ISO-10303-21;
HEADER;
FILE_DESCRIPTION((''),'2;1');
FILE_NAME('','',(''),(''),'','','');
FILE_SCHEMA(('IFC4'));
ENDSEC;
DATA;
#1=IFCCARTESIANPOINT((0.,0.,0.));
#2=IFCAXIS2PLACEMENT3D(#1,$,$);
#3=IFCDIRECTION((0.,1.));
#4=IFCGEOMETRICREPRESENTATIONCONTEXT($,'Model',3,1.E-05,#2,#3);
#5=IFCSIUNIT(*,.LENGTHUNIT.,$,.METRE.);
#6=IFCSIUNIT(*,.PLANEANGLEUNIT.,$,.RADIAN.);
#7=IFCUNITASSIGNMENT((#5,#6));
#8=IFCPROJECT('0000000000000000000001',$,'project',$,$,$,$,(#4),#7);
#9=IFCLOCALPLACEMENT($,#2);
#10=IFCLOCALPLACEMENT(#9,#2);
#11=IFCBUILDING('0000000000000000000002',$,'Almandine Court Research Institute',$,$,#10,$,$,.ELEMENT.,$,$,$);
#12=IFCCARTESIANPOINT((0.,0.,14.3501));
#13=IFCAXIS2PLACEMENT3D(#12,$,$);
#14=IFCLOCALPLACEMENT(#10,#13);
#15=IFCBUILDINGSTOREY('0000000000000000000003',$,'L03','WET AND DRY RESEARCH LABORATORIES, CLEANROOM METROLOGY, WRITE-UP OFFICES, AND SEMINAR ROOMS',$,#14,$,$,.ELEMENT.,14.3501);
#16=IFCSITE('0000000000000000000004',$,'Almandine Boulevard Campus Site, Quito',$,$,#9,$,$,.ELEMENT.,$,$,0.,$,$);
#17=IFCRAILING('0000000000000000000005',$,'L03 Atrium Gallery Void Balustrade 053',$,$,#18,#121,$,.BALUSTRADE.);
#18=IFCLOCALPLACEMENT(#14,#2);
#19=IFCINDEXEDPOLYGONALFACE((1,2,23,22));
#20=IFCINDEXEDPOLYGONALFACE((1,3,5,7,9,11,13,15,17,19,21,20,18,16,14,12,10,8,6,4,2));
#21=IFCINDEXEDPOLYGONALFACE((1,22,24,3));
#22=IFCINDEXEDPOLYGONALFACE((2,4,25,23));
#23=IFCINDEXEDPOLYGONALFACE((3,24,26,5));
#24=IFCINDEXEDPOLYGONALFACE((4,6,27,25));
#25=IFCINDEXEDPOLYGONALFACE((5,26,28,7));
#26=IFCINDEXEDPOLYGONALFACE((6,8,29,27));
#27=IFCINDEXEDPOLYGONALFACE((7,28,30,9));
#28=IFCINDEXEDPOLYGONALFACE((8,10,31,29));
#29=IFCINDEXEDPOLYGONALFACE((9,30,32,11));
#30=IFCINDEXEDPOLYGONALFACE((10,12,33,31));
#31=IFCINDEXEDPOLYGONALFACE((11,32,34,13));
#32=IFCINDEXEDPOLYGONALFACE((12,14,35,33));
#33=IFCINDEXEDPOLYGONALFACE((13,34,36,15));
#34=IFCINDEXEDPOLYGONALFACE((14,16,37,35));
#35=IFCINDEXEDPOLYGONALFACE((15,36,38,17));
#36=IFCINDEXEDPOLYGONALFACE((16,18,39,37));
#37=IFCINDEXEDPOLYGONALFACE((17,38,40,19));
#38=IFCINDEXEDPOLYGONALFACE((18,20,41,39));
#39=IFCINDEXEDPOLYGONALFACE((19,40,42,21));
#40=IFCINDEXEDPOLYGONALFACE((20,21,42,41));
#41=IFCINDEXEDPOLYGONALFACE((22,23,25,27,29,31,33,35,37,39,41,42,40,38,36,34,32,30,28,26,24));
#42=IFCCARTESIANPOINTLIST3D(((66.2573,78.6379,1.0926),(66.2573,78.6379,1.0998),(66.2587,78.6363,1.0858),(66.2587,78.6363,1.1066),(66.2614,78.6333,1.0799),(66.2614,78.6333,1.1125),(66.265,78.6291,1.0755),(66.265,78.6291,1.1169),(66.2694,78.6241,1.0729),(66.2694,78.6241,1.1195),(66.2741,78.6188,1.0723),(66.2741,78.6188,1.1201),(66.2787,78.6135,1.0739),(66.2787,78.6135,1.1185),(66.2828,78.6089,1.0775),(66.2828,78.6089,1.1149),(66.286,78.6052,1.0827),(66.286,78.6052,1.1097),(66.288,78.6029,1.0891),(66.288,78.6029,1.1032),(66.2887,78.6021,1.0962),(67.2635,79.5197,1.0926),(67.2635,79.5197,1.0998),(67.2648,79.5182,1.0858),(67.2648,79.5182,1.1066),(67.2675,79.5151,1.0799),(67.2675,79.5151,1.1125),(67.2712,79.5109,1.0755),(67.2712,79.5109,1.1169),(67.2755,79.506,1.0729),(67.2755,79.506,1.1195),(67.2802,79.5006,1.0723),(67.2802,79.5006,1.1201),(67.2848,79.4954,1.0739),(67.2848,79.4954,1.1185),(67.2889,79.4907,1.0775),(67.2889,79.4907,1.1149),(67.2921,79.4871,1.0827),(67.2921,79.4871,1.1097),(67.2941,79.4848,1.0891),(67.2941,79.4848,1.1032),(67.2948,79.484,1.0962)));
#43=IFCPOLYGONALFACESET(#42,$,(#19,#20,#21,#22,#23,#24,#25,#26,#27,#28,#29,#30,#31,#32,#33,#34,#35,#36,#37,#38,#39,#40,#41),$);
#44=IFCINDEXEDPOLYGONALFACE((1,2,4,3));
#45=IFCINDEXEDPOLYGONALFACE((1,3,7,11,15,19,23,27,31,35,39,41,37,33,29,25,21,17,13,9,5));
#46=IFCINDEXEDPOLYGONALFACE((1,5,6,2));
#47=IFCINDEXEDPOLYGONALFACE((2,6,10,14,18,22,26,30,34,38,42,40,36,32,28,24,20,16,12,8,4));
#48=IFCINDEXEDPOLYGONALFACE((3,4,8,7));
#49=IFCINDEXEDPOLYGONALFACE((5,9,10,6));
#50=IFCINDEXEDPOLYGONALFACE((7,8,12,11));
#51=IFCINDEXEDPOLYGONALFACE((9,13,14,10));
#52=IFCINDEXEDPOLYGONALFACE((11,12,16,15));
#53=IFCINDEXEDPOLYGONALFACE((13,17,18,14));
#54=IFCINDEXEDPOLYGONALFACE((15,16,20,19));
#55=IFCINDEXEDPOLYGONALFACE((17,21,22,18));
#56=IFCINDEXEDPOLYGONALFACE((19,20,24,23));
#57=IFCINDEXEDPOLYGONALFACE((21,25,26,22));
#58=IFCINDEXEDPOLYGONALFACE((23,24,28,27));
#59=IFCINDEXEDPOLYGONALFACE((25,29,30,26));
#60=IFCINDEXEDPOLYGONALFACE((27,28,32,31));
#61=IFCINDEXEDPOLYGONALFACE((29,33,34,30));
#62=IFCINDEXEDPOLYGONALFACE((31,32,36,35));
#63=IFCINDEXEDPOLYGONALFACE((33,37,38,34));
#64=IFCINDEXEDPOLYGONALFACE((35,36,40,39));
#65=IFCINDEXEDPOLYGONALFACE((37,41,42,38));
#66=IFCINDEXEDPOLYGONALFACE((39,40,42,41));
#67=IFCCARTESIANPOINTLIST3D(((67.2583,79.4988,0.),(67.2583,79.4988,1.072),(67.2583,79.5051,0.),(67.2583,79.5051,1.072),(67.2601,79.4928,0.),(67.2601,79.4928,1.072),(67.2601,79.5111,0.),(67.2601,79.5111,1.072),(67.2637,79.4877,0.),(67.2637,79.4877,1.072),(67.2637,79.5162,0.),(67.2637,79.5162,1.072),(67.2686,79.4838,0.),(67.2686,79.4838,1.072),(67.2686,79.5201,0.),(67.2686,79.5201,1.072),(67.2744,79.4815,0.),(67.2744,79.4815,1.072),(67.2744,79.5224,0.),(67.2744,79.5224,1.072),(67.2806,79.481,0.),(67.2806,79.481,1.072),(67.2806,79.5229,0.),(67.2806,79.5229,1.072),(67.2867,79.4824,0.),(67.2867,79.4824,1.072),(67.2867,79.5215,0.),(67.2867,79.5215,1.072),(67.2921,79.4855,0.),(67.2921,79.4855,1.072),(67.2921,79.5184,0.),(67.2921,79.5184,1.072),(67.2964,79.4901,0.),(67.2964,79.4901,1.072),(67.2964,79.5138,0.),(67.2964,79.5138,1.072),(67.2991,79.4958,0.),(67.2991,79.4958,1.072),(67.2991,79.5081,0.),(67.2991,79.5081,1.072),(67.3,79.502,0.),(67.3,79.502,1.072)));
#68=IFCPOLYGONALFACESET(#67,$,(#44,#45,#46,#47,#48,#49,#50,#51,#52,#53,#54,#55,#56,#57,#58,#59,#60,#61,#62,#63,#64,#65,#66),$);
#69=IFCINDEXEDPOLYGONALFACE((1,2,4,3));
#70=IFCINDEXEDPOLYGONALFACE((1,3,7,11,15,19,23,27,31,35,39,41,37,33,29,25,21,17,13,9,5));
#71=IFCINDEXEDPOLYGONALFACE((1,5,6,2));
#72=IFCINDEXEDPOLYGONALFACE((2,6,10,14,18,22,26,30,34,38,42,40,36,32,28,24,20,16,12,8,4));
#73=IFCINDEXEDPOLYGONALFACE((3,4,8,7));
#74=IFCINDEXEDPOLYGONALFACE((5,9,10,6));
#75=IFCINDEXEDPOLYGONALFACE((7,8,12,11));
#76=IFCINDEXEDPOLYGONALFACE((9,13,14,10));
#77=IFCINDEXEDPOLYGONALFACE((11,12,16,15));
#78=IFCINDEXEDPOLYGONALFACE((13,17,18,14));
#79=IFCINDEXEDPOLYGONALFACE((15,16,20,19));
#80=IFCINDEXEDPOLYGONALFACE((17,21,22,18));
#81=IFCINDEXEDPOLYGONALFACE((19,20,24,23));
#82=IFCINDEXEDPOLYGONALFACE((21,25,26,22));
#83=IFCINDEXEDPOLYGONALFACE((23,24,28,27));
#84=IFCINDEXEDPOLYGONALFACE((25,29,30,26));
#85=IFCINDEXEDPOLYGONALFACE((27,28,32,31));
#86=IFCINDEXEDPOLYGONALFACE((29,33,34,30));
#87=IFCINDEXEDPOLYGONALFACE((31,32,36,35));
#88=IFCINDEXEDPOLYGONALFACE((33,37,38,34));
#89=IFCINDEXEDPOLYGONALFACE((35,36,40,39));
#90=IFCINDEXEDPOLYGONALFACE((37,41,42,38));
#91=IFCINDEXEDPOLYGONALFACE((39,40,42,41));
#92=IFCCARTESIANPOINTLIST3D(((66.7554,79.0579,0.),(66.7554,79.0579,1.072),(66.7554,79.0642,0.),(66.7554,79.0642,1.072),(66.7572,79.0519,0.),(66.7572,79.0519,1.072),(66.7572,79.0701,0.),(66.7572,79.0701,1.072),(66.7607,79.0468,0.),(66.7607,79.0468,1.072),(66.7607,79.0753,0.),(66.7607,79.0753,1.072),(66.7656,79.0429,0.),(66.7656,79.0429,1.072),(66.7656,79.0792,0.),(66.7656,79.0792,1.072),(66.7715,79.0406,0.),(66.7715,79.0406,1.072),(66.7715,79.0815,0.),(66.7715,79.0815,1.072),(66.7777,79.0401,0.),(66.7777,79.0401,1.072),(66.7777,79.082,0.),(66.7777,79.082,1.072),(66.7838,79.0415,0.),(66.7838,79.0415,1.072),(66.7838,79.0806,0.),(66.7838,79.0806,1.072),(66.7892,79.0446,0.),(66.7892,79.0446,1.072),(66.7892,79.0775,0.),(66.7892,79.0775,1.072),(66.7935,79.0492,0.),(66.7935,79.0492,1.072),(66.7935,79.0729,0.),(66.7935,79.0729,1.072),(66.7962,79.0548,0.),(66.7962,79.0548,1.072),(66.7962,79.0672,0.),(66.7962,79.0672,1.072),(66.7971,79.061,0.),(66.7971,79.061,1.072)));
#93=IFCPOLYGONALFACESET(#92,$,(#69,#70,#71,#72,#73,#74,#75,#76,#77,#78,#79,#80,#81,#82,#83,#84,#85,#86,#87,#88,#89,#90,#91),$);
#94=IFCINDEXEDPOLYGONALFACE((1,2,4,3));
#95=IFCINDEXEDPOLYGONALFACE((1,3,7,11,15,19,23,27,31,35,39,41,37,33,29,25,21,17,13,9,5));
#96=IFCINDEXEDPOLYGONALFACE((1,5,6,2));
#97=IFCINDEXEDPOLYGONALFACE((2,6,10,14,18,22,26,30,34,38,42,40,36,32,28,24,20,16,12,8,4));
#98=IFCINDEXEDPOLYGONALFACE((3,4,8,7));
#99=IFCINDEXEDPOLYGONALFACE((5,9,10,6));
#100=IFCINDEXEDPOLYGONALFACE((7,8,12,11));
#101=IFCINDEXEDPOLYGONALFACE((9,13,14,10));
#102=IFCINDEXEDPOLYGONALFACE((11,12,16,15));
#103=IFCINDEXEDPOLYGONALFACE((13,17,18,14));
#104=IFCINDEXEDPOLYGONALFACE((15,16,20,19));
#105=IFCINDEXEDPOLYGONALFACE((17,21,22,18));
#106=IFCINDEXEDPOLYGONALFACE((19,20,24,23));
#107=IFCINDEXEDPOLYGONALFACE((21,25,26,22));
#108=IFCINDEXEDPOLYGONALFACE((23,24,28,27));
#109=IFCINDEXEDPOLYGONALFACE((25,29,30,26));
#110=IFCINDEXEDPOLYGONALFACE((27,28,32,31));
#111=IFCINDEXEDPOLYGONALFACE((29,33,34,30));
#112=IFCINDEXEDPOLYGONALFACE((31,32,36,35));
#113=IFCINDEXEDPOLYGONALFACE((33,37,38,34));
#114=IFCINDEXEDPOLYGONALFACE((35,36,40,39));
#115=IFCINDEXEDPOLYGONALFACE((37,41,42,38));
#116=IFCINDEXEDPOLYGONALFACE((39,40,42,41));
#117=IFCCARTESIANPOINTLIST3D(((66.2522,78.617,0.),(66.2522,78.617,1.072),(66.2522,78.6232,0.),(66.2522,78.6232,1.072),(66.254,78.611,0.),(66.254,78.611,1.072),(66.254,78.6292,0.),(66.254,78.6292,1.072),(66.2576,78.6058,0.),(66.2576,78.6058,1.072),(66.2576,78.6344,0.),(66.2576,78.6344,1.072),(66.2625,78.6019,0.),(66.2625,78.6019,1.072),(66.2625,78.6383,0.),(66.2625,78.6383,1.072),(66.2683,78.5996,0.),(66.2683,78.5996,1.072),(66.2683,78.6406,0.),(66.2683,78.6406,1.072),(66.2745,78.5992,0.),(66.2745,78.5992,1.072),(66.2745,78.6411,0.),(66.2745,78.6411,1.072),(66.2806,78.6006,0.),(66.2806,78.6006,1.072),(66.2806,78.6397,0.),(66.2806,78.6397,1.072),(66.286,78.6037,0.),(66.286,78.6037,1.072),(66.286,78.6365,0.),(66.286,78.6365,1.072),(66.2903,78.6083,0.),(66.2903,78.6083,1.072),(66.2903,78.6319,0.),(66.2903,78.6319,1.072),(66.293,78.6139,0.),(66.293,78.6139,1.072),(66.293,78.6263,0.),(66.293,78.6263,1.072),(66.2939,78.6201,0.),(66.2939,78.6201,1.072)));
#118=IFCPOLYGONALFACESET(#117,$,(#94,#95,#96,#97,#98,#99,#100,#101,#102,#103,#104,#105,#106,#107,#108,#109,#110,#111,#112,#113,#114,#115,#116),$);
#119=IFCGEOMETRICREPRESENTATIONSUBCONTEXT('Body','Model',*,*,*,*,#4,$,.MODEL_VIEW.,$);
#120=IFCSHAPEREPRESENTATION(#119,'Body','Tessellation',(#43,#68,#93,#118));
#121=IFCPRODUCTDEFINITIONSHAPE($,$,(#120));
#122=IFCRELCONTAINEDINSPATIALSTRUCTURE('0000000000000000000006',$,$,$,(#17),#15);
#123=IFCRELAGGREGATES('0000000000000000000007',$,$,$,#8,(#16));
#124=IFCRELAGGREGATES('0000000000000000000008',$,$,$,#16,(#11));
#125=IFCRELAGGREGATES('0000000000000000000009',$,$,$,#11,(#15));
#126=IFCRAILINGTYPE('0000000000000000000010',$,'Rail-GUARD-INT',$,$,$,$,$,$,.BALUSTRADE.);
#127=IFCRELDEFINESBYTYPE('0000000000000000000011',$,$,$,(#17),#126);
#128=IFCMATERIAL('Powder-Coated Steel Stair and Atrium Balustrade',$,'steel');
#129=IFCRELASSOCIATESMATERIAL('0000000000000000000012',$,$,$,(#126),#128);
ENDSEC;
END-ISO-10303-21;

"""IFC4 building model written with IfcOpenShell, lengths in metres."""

from ifc_helpers import new_model, si_unit, direction, frame, origin, origin_2d, place, context, subcontext, project, spatial, circle, extrude, material, type_object, element, save


model = new_model("IFC4")

# Units and contexts
model_context = context("Model", 3, precision=1e-05, world=origin(), true_north=direction((0.0, 1.0)))
body_context = subcontext(model_context, "Body", "Model", "MODEL_VIEW")
ifc_project = project(units=[si_unit("LENGTHUNIT", "METRE"), si_unit("PLANEANGLEUNIT", "RADIAN")], contexts=[model_context])

# Site, building, storey
site_placement = place(None, origin())
site = spatial("IfcSite", under=ifc_project, at=site_placement, Name="Almandine Boulevard Campus Site, Quito", CompositionType="ELEMENT", RefElevation=0.0)
building_placement = place(site_placement, origin())
building = spatial("IfcBuilding", under=site, at=building_placement, Name="Almandine Court Research Institute", CompositionType="ELEMENT")
storey_placement = place(building_placement, frame((0.0, 0.0, 14.3501)))
storey = spatial("IfcBuildingStorey", under=building, at=storey_placement, Name="L03", Description="WET AND DRY RESEARCH LABORATORIES, CLEANROOM METROLOGY, WRITE-UP OFFICES, AND SEMINAR ROOMS", CompositionType="ELEMENT", Elevation=14.3501)

# Railing
ifc_material_1 = material(Name="Powder-Coated Steel Stair and Atrium Balustrade", Category="steel")
railing_type = type_object("IfcRailingType", Name="Rail-GUARD-INT", PredefinedType="BALUSTRADE", material=ifc_material_1)
railing_1_placement = place(storey_placement, frame((67.2791, 79.502, 0.0)))
element("IfcRailing", 1, at=railing_1_placement, inside=storey, type_object=railing_type, Name="L03 Atrium Gallery Void Balustrade 053", PredefinedType="BALUSTRADE", context=body_context, shape_type="SweptSolid", body=[
    extrude(circle(Radius=0.0239, at=origin_2d()), frame((0.0, 0.0, 1.0962), z_axis=(-0.752023, -0.659137, 0.0), x_axis=(0.659137, -0.752023, 0.0)), (0.0, 0.0, 1.0), 1.3379),
    extrude(circle(Radius=0.021, at=origin_2d()), origin(), (0.0, 0.0, 1.0), 1.072),
    extrude(circle(Radius=0.021, at=origin_2d()), frame((-0.5029, -0.4409, 0.0)), (0.0, 0.0, 1.0), 1.072),
    extrude(circle(Radius=0.021, at=origin_2d()), frame((-1.0061, -0.8818, 0.0)), (0.0, 0.0, 1.0), 1.072),
])

save(model, "model.ifc")
